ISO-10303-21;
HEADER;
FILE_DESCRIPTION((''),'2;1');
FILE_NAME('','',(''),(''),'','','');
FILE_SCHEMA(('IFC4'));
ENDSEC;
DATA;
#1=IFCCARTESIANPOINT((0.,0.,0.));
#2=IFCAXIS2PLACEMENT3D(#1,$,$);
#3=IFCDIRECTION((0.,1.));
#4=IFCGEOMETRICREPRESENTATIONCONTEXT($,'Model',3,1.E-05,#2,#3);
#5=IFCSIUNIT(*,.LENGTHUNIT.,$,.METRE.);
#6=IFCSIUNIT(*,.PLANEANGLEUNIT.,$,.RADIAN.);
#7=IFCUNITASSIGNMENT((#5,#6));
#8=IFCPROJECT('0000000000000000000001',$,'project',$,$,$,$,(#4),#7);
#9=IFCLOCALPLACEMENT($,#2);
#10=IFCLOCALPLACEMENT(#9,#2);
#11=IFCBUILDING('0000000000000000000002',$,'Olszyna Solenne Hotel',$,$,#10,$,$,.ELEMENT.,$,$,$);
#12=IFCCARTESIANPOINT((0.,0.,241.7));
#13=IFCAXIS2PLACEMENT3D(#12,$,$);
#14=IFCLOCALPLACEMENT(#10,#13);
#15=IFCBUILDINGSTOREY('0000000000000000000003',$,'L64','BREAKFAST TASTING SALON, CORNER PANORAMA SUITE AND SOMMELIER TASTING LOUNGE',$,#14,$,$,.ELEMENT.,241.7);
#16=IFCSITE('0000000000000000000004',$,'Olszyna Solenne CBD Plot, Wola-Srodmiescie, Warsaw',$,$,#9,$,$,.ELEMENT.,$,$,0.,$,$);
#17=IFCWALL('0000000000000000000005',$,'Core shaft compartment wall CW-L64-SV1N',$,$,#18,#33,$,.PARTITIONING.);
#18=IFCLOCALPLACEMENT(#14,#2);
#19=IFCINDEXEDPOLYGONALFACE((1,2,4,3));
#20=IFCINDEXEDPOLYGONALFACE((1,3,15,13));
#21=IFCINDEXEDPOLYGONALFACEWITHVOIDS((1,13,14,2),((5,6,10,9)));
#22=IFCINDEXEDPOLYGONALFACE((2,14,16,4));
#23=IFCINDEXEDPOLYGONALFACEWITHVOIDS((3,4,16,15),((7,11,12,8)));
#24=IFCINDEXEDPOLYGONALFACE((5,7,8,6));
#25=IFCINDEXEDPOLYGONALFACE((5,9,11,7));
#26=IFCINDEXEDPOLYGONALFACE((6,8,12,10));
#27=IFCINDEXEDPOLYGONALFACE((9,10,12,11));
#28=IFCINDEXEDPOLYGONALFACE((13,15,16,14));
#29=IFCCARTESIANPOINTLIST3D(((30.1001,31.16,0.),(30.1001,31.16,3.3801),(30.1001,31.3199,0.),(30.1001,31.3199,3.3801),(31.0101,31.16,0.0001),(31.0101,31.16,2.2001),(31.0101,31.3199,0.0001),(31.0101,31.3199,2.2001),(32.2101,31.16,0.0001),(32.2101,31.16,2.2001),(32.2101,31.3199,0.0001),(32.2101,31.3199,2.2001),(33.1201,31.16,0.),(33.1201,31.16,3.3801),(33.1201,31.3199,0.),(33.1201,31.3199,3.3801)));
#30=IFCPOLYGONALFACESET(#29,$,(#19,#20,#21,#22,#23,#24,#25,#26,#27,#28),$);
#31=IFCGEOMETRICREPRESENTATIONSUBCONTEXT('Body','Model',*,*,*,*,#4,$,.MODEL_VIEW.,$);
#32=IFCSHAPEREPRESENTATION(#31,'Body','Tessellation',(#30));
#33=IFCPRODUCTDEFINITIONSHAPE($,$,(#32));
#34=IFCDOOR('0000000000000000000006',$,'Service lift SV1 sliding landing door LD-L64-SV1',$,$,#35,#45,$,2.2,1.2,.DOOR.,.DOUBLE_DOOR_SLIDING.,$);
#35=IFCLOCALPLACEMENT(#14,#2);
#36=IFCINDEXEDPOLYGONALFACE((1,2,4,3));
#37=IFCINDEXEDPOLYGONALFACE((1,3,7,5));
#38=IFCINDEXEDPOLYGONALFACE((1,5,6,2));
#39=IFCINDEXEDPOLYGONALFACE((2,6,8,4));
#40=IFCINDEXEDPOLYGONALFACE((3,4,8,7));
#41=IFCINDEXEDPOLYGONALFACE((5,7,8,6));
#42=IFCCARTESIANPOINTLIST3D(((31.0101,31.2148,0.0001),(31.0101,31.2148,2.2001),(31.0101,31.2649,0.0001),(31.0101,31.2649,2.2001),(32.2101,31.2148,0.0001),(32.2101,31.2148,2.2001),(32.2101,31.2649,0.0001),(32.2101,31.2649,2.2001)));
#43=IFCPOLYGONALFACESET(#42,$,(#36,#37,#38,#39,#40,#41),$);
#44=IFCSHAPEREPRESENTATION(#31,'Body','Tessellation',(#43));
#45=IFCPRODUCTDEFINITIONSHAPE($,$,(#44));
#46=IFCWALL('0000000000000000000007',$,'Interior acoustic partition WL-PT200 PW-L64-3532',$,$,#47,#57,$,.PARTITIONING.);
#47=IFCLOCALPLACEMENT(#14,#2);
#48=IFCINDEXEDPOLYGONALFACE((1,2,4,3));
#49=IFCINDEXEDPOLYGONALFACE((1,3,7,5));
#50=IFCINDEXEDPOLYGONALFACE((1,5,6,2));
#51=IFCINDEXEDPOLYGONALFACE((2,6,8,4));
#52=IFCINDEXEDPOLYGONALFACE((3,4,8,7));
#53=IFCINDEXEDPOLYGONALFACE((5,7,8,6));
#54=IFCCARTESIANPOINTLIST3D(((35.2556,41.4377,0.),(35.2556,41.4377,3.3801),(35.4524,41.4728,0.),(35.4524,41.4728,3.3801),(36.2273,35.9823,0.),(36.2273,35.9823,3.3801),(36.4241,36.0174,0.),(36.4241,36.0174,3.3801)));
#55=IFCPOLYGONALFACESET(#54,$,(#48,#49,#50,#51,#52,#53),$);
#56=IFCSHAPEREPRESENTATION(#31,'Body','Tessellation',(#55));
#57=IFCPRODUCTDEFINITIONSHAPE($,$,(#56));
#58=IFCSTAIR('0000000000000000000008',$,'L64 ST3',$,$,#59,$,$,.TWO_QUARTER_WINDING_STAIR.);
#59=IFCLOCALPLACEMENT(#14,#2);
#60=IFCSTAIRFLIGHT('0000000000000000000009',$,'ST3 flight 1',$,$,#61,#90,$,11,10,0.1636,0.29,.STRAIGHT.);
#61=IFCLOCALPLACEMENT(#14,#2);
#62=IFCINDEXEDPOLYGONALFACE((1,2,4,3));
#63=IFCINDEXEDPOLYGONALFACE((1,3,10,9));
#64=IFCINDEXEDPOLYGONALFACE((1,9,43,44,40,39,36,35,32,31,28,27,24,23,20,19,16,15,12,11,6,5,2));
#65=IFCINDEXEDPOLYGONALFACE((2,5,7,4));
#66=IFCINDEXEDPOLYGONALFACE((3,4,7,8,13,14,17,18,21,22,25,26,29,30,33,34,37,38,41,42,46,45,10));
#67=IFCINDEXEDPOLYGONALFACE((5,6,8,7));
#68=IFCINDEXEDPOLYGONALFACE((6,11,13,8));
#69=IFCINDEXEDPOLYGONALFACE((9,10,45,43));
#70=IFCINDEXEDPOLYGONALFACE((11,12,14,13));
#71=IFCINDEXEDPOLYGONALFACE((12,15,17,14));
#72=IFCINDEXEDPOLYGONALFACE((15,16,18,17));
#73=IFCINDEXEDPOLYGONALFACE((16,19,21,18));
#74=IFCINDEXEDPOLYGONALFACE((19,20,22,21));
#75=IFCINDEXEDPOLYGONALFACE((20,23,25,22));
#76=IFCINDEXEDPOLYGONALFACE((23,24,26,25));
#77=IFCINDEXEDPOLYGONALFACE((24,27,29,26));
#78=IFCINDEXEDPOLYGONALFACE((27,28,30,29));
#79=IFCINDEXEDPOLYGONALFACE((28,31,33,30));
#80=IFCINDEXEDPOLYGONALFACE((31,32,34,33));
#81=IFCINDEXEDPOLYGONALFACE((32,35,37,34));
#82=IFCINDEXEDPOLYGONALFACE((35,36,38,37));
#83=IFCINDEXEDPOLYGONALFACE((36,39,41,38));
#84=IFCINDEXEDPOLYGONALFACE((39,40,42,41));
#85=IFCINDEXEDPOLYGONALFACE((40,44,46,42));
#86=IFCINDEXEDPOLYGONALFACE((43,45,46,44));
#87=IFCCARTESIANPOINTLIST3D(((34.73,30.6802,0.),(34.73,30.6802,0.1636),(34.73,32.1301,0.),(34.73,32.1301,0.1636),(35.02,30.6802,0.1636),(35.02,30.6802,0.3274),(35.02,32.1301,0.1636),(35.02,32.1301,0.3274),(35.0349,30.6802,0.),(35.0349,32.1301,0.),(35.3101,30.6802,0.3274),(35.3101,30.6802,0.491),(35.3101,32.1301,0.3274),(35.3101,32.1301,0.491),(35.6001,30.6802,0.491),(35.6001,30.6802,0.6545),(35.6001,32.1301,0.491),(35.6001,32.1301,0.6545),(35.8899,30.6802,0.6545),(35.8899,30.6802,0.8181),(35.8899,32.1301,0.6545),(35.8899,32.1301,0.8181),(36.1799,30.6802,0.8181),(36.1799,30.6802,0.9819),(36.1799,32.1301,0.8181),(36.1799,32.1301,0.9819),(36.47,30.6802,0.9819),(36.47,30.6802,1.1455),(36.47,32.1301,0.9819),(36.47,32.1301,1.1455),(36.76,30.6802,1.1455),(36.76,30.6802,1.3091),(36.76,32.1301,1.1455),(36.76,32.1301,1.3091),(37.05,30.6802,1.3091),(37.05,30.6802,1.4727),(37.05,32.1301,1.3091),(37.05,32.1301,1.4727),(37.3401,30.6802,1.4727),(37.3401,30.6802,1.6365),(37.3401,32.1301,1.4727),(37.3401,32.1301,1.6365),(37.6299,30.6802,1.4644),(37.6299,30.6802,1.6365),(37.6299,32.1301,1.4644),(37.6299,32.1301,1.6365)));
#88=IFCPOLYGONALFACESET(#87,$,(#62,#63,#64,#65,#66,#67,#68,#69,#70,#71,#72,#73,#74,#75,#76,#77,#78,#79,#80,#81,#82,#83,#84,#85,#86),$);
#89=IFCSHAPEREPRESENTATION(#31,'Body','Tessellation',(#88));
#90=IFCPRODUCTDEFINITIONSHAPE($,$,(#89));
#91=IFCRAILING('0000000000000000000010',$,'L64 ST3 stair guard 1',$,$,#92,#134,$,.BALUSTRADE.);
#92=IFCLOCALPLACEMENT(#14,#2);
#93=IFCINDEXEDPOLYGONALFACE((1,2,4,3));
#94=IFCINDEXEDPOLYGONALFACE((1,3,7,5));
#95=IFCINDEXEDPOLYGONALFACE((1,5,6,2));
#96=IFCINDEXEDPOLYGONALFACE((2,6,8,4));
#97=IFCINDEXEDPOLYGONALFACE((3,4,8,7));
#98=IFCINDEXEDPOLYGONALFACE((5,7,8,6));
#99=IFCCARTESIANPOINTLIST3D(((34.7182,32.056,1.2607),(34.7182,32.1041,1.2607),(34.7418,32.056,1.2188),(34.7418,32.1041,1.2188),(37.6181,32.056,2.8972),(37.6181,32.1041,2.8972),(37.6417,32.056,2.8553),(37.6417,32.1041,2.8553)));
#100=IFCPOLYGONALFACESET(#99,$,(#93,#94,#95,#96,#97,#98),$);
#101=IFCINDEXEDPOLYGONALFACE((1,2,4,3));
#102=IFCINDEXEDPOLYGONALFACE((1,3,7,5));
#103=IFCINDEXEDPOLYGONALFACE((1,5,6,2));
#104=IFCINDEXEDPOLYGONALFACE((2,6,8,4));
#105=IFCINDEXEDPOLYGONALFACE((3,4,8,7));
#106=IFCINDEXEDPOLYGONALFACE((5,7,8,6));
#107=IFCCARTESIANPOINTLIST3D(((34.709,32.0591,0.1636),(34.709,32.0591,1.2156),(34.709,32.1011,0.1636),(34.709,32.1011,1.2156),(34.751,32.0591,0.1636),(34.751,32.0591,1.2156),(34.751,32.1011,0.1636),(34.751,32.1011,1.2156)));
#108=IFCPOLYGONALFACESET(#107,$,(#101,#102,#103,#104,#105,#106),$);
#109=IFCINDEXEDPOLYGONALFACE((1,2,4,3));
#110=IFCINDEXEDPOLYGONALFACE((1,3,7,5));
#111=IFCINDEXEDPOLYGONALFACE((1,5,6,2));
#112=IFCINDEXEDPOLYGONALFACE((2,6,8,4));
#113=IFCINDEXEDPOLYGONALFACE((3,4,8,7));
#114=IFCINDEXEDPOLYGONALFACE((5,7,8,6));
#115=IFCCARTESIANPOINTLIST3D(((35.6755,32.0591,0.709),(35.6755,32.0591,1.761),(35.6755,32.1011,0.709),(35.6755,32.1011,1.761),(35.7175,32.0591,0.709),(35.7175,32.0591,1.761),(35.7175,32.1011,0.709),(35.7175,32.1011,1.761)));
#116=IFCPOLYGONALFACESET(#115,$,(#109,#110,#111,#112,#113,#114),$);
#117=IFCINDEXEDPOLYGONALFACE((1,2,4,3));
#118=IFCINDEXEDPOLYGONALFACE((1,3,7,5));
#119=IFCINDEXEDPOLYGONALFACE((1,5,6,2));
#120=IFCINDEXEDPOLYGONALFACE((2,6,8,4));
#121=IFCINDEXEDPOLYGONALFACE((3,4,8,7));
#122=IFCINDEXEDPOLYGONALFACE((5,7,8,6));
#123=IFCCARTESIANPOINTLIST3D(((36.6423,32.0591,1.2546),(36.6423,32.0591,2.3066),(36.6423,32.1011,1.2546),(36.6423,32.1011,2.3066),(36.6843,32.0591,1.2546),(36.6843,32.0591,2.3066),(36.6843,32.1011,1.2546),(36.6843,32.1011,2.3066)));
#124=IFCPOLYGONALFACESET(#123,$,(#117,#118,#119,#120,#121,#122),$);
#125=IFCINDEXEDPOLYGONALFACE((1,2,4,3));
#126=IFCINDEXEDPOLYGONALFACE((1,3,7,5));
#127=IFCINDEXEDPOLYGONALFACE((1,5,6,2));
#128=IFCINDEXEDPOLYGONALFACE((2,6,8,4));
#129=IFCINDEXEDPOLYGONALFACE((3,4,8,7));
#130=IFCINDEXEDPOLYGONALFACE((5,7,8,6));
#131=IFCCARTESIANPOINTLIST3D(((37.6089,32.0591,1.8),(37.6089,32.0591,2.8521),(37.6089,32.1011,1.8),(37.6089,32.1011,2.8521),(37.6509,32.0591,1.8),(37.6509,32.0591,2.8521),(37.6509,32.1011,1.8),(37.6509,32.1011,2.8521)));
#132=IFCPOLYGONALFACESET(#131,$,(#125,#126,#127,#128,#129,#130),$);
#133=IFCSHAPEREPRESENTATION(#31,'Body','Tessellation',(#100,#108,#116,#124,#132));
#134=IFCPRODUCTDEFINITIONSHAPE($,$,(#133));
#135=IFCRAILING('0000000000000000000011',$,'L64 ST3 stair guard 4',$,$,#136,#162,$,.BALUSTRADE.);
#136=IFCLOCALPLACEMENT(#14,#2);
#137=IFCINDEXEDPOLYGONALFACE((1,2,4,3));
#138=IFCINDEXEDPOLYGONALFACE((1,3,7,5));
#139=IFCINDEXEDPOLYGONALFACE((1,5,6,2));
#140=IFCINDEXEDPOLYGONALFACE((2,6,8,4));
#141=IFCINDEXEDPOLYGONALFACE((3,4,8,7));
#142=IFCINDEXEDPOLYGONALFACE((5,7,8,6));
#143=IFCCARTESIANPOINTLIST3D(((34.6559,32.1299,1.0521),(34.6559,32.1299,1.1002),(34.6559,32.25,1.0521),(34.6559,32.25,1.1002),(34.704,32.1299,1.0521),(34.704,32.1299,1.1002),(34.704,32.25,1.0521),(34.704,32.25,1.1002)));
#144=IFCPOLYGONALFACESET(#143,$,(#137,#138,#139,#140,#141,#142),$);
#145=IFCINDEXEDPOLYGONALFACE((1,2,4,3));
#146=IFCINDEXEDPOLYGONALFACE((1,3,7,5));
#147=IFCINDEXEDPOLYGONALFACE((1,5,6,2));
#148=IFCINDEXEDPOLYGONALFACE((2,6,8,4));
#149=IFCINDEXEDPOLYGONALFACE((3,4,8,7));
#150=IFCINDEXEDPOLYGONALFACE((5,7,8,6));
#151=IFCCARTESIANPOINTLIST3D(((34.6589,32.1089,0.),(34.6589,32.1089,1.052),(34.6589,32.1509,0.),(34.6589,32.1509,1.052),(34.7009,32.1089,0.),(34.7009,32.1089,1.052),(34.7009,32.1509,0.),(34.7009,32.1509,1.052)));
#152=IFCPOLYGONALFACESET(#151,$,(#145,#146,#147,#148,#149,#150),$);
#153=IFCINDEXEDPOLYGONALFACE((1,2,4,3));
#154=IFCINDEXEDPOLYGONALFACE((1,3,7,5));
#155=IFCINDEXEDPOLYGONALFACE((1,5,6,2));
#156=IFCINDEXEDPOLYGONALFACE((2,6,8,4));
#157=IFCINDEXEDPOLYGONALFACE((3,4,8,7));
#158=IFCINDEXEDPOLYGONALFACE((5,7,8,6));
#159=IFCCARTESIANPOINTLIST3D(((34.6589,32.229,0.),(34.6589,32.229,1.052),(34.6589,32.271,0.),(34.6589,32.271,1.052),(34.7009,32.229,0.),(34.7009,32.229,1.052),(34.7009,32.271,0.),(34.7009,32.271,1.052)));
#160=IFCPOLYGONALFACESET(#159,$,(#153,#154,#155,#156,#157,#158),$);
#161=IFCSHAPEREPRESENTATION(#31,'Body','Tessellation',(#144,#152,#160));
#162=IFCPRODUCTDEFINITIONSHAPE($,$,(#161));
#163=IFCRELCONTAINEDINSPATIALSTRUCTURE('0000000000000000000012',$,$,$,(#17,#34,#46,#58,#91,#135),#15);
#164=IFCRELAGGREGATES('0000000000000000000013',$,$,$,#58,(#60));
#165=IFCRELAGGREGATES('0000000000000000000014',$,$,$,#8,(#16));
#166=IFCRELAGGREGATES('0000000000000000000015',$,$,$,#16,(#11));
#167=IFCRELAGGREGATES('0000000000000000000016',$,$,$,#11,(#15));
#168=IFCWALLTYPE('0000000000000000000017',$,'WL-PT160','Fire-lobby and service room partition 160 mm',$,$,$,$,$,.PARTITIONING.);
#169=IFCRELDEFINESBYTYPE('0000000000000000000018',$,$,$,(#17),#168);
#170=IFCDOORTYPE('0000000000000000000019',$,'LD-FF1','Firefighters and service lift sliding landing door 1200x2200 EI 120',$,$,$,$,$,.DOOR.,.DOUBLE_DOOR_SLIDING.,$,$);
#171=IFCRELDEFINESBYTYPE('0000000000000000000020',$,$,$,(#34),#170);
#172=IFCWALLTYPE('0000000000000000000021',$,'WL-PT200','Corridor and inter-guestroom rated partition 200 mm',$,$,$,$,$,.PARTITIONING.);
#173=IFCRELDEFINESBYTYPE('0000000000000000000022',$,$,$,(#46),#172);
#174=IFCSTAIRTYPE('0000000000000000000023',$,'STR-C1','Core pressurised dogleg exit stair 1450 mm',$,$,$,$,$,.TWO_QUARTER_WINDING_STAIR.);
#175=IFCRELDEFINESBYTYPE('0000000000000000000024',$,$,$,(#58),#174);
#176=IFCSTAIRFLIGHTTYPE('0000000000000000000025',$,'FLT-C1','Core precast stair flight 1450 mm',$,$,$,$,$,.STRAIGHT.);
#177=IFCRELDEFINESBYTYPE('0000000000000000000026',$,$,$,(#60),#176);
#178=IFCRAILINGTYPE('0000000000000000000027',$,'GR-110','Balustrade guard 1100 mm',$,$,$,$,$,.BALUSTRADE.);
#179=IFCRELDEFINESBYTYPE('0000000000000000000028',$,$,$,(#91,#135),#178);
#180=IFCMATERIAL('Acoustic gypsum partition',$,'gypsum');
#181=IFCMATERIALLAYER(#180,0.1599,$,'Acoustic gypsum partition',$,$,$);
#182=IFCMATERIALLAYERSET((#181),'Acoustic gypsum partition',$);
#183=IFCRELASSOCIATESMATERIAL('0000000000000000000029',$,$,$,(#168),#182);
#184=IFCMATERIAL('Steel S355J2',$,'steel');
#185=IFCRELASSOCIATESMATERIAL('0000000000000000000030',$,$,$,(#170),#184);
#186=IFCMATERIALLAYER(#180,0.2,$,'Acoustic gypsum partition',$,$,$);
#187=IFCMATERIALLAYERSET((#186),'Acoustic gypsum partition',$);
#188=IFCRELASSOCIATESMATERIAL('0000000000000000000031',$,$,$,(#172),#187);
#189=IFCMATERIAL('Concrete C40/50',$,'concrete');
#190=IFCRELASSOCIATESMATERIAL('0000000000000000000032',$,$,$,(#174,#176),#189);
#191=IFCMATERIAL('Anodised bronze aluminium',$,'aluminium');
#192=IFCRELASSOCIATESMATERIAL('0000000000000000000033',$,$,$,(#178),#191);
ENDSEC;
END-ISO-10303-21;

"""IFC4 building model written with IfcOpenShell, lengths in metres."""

from ifc_helpers import new_model, si_unit, direction, frame, frame_2d, origin, origin_2d, place, context, subcontext, project, spatial, polyline, rectangle, outline, extrude, source, transform, mapped, material, layer, layer_set, type_object, type_shapes, element, fill, aggregate, save


model = new_model("IFC4")

# Units and contexts
model_context = context("Model", 3, precision=1e-05, world=origin(), true_north=direction((0.0, 1.0)))
body_context = subcontext(model_context, "Body", "Model", "MODEL_VIEW")
ifc_project = project(units=[si_unit("LENGTHUNIT", "METRE"), si_unit("PLANEANGLEUNIT", "RADIAN")], contexts=[model_context])

# Site, building, storey
site_placement = place(None, origin())
site = spatial("IfcSite", under=ifc_project, at=site_placement, Name="Olszyna Solenne CBD Plot, Wola-Srodmiescie, Warsaw", CompositionType="ELEMENT", RefElevation=0.0)
building_placement = place(site_placement, origin())
building = spatial("IfcBuilding", under=site, at=building_placement, Name="Olszyna Solenne Hotel", CompositionType="ELEMENT")
storey_placement = place(building_placement, frame((0.0, 0.0, 241.7)))
storey = spatial("IfcBuildingStorey", under=building, at=storey_placement, Name="L64", Description="BREAKFAST TASTING SALON, CORNER PANORAMA SUITE AND SOMMELIER TASTING LOUNGE", CompositionType="ELEMENT", Elevation=241.7)

# Shared definitions
ifc_material_1 = material(Name="Steel S355J2", Category="steel")

# Shared definitions
ifc_material_2 = material(Name="Anodised bronze aluminium", Category="aluminium")

# Shared definitions
ifc_material_3 = material(Name="Acoustic gypsum partition", Category="gypsum")
ifc_layer_1 = layer(ifc_material_3, 0.1599, Name="Acoustic gypsum partition")
ifc_layer_set_1 = layer_set([ifc_layer_1], Name="Acoustic gypsum partition")
wall_type_1 = type_object("IfcWallType", Name="WL-PT160", Description="Fire-lobby and service room partition 160 mm", PredefinedType="PARTITIONING", material=ifc_layer_set_1)

# Wall, opening, door
wall_1_placement = place(storey_placement, frame((30.1001, 31.24, 0.0), z_axis=(0.0, 0.0, 1.0), x_axis=(1.0, 0.0, 0.0)))
wall_1 = element("IfcWall", 1, at=wall_1_placement, inside=storey, type_object=wall_type_1, Name="Core shaft compartment wall CW-L64-SV1N", PredefinedType="PARTITIONING", context=body_context, shape_type="SweptSolid", body=[
    extrude(rectangle(XDim=3.02, YDim=0.1599, at=frame_2d((1.51, 0.0))), origin(), (0.0, 0.0, 1.0), 3.3801),
])
opening_1_placement = place(wall_1_placement, frame((0.9099, 0.0, 0.0)))
opening_1 = element("IfcOpeningElement", 2, at=opening_1_placement, cuts=wall_1, PredefinedType="OPENING", context=body_context, shape_type="SweptSolid", body=[
    extrude(rectangle(XDim=1.2, YDim=2.2, at=frame_2d((0.6001, 1.1001))), frame((0.0, 0.0898, 0.0), z_axis=(0.0, -1.0, 0.0), x_axis=(1.0, 0.0, 0.0)), (0.0, 0.0, 1.0), 0.1799),
])
door_type_1 = type_object("IfcDoorType", Name="LD-FF1", Description="Firefighters and service lift sliding landing door 1200x2200 EI 120", OperationType="DOUBLE_DOOR_SLIDING", PredefinedType="DOOR", material=ifc_material_1)
shared_shape_1 = source(origin(), body_context, "Body", "SweptSolid", [
    extrude(rectangle(XDim=1.2, YDim=2.2, at=frame_2d((0.6001, 1.1001))), frame((0.0, 0.0249, 0.0), z_axis=(0.0, -1.0, 0.0), x_axis=(1.0, 0.0, 0.0)), (0.0, 0.0, 1.0), 0.05),
])
type_shapes(door_type_1, [shared_shape_1])
door_1_placement = place(opening_1_placement, origin())
door_1 = element("IfcDoor", 3, at=door_1_placement, inside=storey, type_object=door_type_1, Name="Service lift SV1 sliding landing door LD-L64-SV1", OperationType="DOUBLE_DOOR_SLIDING", OverallHeight=2.2, OverallWidth=1.2, PredefinedType="DOOR", context=body_context, shape_type="MappedRepresentation", body=[
    mapped(shared_shape_1, transform((0.0, 0.0, 0.0), x_axis=(1.0, 0.0, 0.0), y_axis=(0.0, 1.0, 0.0), z_axis=(0.0, 0.0, 1.0), scale=1.0)),
])
fill(opening_1, door_1)

# Wall
ifc_layer_2 = layer(ifc_material_3, 0.2, Name="Acoustic gypsum partition")
ifc_layer_set_2 = layer_set([ifc_layer_2], Name="Acoustic gypsum partition")
wall_type_2 = type_object("IfcWallType", Name="WL-PT200", Description="Corridor and inter-guestroom rated partition 200 mm", PredefinedType="PARTITIONING", material=ifc_layer_set_2)
wall_2_placement = place(storey_placement, frame((36.3257, 36.0, 0.0), z_axis=(0.0, 0.0, 1.0), x_axis=(-0.175356, 0.984505, 0.0)))
element("IfcWall", 4, at=wall_2_placement, inside=storey, type_object=wall_type_2, Name="Interior acoustic partition WL-PT200 PW-L64-3532", PredefinedType="PARTITIONING", context=body_context, shape_type="SweptSolid", body=[
    extrude(rectangle(XDim=5.5413, YDim=0.2, at=frame_2d((2.7705, 0.0))), origin(), (0.0, 0.0, 1.0), 3.3801),
])

# Stair, stair flight
ifc_material_4 = material(Name="Concrete C40/50", Category="concrete")
stair_type = type_object("IfcStairType", Name="STR-C1", Description="Core pressurised dogleg exit stair 1450 mm", PredefinedType="TWO_QUARTER_WINDING_STAIR", material=ifc_material_4)
stair_placement = place(storey_placement, origin())
stair = element("IfcStair", 5, at=stair_placement, inside=storey, type_object=stair_type, Name="L64 ST3", PredefinedType="TWO_QUARTER_WINDING_STAIR")
stair_flight_type = type_object("IfcStairFlightType", Name="FLT-C1", Description="Core precast stair flight 1450 mm", PredefinedType="STRAIGHT", material=ifc_material_4)
stair_flight_placement = place(storey_placement, frame((34.73, 31.405, 0.0), z_axis=(0.0, 0.0, 1.0), x_axis=(1.0, 0.0, 0.0)))
stair_flight = element("IfcStairFlight", 6, at=stair_flight_placement, type_object=stair_flight_type, Name="ST3 flight 1", NumberOfRisers=11, NumberOfTreads=10, PredefinedType="STRAIGHT", RiserHeight=0.1636, TreadLength=0.29, context=body_context, shape_type="SweptSolid", body=[
    extrude(outline(polyline([(0.0, 0.0), (0.0, 0.1636), (0.29, 0.1636), (0.29, 0.3274), (0.5801, 0.3274), (0.5801, 0.491), (0.8701, 0.491), (0.8701, 0.6545), (1.1599, 0.6545), (1.1599, 0.8181), (1.45, 0.8181), (1.45, 0.9819), (1.74, 0.9819), (1.74, 1.1455), (2.03, 1.1455), (2.03, 1.3091), (2.3201, 1.3091), (2.3201, 1.4727), (2.6101, 1.4727), (2.6101, 1.6365), (2.8999, 1.6365), (2.8999, 1.8), (2.8999, 1.4644), (0.3049, 0.0), (0.0, 0.0)])), frame((0.0, 0.7251, 0.0), z_axis=(0.0, -1.0, 0.0), x_axis=(1.0, 0.0, 0.0)), (0.0, 0.0, 1.0), 1.45),
])
aggregate(stair, [stair_flight])

# Railings
railing_type_1 = type_object("IfcRailingType", Name="GR-110", Description="Balustrade guard 1100 mm", PredefinedType="BALUSTRADE", material=ifc_material_2)
railing_1_placement = place(storey_placement, frame((34.73, 32.0801, 0.1636)))
element("IfcRailing", 7, at=railing_1_placement, inside=storey, type_object=railing_type_1, Name="L64 ST3 stair guard 1", PredefinedType="BALUSTRADE", context=body_context, shape_type="SweptSolid", body=[
    extrude(rectangle(XDim=0.0481, YDim=0.0481, at=origin_2d()), frame((0.0, 0.0, 1.0762), z_axis=(0.870897, 0.0, 0.491465), x_axis=(0.0, 1.0, 0.0)), (0.0, 0.0, 1.0), 3.3298),
    extrude(rectangle(XDim=0.042, YDim=0.042, at=origin_2d()), origin(), (0.0, 0.0, 1.0), 1.052),
    extrude(rectangle(XDim=0.042, YDim=0.042, at=origin_2d()), frame((0.9666, 0.0, 0.5454)), (0.0, 0.0, 1.0), 1.052),
    extrude(rectangle(XDim=0.042, YDim=0.042, at=origin_2d()), frame((1.9333, 0.0, 1.0911)), (0.0, 0.0, 1.0), 1.052),
    extrude(rectangle(XDim=0.042, YDim=0.042, at=origin_2d()), frame((2.8999, 0.0, 1.6365)), (0.0, 0.0, 1.0), 1.052),
])
railing_2_placement = place(storey_placement, frame((34.6799, 32.1299, 0.0)))
element("IfcRailing", 8, at=railing_2_placement, inside=storey, type_object=railing_type_1, Name="L64 ST3 stair guard 4", PredefinedType="BALUSTRADE", context=body_context, shape_type="SweptSolid", body=[
    extrude(rectangle(XDim=0.0481, YDim=0.0481, at=origin_2d()), frame((0.0, 0.0, 1.0762), z_axis=(0.0, 1.0, 0.0), x_axis=(-1.0, 0.0, 0.0)), (0.0, 0.0, 1.0), 0.1201),
    extrude(rectangle(XDim=0.042, YDim=0.042, at=origin_2d()), origin(), (0.0, 0.0, 1.0), 1.052),
    extrude(rectangle(XDim=0.042, YDim=0.042, at=origin_2d()), frame((0.0, 0.1201, 0.0)), (0.0, 0.0, 1.0), 1.052),
])

save(model, "model.ifc")
